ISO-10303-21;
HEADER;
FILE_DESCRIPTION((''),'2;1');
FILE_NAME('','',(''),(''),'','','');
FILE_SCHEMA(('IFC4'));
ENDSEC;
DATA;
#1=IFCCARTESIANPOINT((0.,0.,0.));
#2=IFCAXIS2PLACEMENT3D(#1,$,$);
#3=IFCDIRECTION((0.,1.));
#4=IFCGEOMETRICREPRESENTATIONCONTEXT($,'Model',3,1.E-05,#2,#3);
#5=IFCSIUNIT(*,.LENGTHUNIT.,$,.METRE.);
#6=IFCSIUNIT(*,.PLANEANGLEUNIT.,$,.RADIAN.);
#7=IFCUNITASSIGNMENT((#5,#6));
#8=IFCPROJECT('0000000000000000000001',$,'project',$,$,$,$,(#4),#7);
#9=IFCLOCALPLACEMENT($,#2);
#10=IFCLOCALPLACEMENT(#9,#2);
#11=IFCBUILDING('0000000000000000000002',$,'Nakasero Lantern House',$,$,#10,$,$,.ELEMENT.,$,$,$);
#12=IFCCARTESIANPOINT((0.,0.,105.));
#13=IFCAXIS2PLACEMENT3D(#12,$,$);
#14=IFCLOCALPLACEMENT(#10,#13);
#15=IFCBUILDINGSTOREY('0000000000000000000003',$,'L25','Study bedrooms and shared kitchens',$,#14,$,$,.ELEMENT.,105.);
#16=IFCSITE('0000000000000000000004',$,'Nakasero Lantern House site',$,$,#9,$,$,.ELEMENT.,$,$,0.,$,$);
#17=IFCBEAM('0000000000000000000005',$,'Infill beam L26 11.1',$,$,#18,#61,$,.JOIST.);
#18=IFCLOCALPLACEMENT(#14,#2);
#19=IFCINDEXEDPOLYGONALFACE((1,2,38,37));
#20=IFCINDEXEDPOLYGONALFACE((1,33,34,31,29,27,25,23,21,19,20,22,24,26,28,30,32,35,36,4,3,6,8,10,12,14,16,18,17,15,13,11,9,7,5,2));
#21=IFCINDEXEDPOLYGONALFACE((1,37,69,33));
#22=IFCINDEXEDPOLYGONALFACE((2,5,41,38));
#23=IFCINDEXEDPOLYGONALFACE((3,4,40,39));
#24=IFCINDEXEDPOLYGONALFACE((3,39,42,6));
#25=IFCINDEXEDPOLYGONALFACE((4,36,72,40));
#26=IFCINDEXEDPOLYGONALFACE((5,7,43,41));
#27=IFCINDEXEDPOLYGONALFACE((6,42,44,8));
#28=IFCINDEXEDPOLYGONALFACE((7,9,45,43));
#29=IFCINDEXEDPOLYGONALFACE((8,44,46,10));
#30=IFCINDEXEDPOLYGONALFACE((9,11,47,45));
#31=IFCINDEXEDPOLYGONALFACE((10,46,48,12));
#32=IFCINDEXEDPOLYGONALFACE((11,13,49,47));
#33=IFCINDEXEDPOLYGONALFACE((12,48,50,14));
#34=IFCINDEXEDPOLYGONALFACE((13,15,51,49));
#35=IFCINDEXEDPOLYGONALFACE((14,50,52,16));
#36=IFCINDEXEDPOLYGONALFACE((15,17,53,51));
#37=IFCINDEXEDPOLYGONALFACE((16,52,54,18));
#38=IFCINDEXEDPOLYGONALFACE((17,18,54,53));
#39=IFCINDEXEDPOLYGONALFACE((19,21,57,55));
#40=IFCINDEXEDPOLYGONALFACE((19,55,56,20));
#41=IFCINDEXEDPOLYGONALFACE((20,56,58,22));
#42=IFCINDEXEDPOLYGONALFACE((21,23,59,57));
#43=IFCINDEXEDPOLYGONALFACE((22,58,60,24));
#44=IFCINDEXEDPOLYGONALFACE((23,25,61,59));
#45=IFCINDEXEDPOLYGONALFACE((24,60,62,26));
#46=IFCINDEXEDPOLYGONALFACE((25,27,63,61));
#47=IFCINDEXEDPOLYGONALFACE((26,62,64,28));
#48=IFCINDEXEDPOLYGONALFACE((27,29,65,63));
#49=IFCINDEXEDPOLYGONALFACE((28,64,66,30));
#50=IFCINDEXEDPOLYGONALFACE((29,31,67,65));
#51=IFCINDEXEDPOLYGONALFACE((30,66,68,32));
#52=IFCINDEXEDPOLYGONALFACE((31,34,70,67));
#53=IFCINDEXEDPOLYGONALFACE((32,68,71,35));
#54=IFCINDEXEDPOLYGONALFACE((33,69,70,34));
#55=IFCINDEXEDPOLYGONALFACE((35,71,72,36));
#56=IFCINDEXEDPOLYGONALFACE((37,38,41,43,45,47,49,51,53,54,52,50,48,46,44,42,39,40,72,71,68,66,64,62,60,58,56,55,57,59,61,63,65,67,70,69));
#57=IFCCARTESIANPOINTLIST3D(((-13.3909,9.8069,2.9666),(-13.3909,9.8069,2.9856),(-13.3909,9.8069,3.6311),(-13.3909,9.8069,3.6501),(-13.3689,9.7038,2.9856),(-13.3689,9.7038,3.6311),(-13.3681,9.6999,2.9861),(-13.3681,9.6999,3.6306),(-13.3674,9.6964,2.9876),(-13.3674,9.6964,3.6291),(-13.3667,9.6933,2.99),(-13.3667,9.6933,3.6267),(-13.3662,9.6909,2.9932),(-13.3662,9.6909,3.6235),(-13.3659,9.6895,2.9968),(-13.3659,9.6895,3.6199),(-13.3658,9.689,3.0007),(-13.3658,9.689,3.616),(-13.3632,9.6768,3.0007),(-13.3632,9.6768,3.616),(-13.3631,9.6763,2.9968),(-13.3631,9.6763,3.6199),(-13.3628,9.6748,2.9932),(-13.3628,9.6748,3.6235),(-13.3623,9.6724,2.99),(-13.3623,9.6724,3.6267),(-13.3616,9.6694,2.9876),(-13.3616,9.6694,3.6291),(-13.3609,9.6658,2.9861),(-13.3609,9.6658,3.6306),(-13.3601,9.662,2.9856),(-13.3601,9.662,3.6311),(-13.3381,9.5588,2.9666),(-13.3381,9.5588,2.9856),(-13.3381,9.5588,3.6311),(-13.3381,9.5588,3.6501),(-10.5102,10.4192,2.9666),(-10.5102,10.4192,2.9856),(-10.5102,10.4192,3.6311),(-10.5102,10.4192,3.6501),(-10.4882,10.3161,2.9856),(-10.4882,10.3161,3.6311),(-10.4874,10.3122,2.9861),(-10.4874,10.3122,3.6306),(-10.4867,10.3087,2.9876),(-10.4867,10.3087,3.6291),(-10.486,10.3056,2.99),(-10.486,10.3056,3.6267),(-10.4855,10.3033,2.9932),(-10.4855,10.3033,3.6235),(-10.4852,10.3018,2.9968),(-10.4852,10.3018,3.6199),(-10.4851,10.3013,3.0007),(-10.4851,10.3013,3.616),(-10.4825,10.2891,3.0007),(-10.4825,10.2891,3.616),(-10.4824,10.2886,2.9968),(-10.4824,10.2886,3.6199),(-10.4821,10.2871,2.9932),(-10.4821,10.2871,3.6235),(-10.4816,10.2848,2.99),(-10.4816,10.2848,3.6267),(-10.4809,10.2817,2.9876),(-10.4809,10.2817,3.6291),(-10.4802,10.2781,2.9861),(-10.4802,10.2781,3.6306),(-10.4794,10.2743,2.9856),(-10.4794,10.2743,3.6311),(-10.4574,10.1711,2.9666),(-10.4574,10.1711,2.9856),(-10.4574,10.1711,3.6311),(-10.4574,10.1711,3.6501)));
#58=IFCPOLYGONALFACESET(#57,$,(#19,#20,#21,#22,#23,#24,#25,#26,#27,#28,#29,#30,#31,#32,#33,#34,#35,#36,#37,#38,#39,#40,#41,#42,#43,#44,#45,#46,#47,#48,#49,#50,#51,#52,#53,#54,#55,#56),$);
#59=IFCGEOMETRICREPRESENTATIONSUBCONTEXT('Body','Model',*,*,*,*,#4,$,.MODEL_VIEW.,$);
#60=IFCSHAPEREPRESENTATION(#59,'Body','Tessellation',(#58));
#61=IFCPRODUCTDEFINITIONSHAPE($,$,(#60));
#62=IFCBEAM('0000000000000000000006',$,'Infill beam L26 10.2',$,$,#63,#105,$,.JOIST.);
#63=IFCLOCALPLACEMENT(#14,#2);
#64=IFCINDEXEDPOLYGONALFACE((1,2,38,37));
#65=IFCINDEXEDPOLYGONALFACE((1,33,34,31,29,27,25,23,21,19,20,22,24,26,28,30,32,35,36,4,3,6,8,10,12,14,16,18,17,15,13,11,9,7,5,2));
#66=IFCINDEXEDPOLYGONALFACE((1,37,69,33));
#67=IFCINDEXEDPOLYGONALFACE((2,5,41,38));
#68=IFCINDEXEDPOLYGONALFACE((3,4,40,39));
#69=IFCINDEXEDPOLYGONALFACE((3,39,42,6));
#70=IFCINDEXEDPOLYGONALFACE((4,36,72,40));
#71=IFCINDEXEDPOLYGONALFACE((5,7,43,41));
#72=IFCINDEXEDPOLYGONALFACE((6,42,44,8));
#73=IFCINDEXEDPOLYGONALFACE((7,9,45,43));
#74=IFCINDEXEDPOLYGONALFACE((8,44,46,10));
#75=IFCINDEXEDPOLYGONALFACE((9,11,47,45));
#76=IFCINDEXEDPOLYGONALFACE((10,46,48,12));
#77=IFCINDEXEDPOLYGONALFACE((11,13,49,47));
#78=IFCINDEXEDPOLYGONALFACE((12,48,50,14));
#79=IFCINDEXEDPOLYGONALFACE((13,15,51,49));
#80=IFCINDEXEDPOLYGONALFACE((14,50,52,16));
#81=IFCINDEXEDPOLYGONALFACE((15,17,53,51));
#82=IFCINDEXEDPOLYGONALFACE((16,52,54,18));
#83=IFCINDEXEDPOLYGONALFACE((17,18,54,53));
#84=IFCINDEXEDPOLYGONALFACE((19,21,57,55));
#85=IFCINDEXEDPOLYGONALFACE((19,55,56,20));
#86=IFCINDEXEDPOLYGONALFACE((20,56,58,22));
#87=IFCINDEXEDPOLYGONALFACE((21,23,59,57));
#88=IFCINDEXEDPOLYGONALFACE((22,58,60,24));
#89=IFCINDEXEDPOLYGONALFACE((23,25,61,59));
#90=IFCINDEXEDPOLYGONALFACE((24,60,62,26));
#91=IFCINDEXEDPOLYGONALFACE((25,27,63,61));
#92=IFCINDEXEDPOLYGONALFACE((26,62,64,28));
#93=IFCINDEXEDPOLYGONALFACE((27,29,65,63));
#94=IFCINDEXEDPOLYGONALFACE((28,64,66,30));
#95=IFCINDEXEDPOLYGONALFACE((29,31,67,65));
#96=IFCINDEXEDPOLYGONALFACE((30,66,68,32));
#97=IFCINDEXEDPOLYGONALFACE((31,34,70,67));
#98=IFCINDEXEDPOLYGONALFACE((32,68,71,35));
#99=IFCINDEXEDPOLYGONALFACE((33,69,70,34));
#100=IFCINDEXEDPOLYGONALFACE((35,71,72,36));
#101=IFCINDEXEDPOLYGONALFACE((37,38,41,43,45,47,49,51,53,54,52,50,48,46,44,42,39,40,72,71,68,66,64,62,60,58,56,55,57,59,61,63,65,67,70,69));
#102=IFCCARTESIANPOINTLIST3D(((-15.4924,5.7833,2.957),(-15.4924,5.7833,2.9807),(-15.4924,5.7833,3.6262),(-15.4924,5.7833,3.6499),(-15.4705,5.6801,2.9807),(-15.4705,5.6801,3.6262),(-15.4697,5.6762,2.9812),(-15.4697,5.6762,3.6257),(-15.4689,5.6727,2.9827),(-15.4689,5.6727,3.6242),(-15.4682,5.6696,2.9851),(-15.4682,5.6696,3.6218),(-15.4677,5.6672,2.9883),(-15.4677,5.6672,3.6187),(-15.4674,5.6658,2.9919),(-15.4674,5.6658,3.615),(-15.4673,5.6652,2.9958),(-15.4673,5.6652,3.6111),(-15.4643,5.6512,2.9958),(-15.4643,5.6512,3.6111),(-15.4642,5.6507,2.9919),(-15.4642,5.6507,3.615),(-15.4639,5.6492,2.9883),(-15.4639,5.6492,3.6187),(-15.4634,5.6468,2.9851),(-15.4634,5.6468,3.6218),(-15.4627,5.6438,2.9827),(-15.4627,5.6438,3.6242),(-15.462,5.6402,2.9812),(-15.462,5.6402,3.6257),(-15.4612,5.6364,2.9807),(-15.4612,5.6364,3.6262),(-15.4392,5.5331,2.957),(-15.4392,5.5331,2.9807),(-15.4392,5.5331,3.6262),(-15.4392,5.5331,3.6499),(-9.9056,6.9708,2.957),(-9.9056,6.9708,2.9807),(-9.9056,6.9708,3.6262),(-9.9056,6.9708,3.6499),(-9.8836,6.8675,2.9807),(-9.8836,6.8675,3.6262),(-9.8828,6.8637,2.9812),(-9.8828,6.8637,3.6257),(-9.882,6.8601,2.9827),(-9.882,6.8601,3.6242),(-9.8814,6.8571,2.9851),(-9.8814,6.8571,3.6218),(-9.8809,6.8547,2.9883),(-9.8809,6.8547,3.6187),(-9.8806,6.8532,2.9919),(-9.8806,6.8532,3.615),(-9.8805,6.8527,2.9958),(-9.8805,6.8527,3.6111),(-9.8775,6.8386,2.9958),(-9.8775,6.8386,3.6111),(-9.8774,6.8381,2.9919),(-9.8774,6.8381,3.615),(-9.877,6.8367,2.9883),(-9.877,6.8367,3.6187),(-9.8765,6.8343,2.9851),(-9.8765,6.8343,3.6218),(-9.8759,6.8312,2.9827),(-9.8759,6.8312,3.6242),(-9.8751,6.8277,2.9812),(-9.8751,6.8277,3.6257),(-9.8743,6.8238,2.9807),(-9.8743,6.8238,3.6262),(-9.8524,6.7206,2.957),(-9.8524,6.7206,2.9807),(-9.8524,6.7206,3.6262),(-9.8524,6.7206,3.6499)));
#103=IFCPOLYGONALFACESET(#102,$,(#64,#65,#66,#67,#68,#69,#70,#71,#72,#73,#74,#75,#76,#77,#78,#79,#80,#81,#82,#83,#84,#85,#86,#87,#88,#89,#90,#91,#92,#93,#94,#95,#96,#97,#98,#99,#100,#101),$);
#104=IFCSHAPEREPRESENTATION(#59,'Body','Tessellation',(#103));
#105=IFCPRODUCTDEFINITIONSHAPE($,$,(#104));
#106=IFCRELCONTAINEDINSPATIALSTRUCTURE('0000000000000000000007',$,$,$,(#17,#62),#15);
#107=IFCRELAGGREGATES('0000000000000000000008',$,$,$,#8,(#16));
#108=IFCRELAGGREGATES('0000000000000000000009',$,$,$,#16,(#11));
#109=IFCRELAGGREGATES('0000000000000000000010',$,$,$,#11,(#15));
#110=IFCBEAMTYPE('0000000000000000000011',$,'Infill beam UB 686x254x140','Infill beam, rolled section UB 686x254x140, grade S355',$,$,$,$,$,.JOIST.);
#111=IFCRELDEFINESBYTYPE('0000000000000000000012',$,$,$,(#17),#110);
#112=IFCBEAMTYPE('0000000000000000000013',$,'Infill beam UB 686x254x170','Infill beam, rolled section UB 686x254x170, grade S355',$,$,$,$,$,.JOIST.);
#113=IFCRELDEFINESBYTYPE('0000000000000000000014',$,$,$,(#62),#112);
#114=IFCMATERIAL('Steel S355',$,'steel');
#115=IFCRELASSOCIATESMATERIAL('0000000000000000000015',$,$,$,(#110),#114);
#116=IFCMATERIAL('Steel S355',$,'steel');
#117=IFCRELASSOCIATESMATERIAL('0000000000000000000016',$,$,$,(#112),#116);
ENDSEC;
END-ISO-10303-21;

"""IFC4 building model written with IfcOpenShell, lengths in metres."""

from ifc_helpers import new_model, si_unit, direction, frame, origin, origin_2d, place, context, subcontext, project, spatial, i_section, extrude, material, material_profile, profile_set, type_object, element, save


model = new_model("IFC4")

# Units and contexts
model_context = context("Model", 3, precision=1e-05, world=origin(), true_north=direction((0.0, 1.0)))
body_context = subcontext(model_context, "Body", "Model", "MODEL_VIEW")
ifc_project = project(units=[si_unit("LENGTHUNIT", "METRE"), si_unit("PLANEANGLEUNIT", "RADIAN")], contexts=[model_context])

# Site, building, storey
site_placement = place(None, origin())
site = spatial("IfcSite", under=ifc_project, at=site_placement, Name="Nakasero Lantern House site", CompositionType="ELEMENT", RefElevation=0.0)
building_placement = place(site_placement, origin())
building = spatial("IfcBuilding", under=site, at=building_placement, Name="Nakasero Lantern House", CompositionType="ELEMENT")
storey_placement = place(building_placement, frame((0.0, 0.0, 105.0)))
storey = spatial("IfcBuildingStorey", under=building, at=storey_placement, Name="L25", Description="Study bedrooms and shared kitchens", CompositionType="ELEMENT", Elevation=105.0)

# Beams
ifc_material_1 = material(Name="Steel S355", Category="steel")
ifc_material_profile_1 = material_profile(ifc_material_1, i_section(OverallWidth=0.2537, OverallDepth=0.6836, WebThickness=0.0125, FlangeThickness=0.019, FilletRadius=0.0151, at=origin_2d()), Name="UB 686x254x140")
ifc_profile_set_1 = profile_set([ifc_material_profile_1], Name="Steel S355")
beam_type_1 = type_object("IfcBeamType", Name="Infill beam UB 686x254x140", Description="Infill beam, rolled section UB 686x254x140, grade S355", PredefinedType="JOIST", material=ifc_profile_set_1)
beam_1_placement = place(storey_placement, frame((-13.3645, 9.6829, 3.3083), z_axis=(0.978147, 0.207915, 0.0), x_axis=(-0.207915, 0.978147, 0.0)))
element("IfcBeam", 1, at=beam_1_placement, inside=storey, type_object=beam_type_1, Name="Infill beam L26 11.1", PredefinedType="JOIST", context=body_context, shape_type="SweptSolid", body=[
    extrude(i_section(OverallWidth=0.2537, OverallDepth=0.6836, WebThickness=0.0125, FlangeThickness=0.019, FilletRadius=0.0151, at=origin_2d()), origin(), (0.0, 0.0, 1.0), 2.9451),
])
ifc_material_2 = material(Name="Steel S355", Category="steel")
ifc_material_profile_2 = material_profile(ifc_material_2, i_section(OverallWidth=0.2559, OverallDepth=0.6929, WebThickness=0.0144, FlangeThickness=0.0237, FilletRadius=0.0151, at=origin_2d()), Name="UB 686x254x170")
ifc_profile_set_2 = profile_set([ifc_material_profile_2], Name="Steel S355")
beam_type_2 = type_object("IfcBeamType", Name="Infill beam UB 686x254x170", Description="Infill beam, rolled section UB 686x254x170, grade S355", PredefinedType="JOIST", material=ifc_profile_set_2)
beam_2_placement = place(storey_placement, frame((-15.4658, 5.6582, 3.3035), z_axis=(0.978149, 0.207906, 0.0), x_axis=(-0.207906, 0.978149, 0.0)))
element("IfcBeam", 2, at=beam_2_placement, inside=storey, type_object=beam_type_2, Name="Infill beam L26 10.2", PredefinedType="JOIST", context=body_context, shape_type="SweptSolid", body=[
    extrude(i_section(OverallWidth=0.2559, OverallDepth=0.6929, WebThickness=0.0144, FlangeThickness=0.0237, FilletRadius=0.0151, at=origin_2d()), origin(), (0.0, 0.0, 1.0), 5.7117),
])

save(model, "model.ifc")
